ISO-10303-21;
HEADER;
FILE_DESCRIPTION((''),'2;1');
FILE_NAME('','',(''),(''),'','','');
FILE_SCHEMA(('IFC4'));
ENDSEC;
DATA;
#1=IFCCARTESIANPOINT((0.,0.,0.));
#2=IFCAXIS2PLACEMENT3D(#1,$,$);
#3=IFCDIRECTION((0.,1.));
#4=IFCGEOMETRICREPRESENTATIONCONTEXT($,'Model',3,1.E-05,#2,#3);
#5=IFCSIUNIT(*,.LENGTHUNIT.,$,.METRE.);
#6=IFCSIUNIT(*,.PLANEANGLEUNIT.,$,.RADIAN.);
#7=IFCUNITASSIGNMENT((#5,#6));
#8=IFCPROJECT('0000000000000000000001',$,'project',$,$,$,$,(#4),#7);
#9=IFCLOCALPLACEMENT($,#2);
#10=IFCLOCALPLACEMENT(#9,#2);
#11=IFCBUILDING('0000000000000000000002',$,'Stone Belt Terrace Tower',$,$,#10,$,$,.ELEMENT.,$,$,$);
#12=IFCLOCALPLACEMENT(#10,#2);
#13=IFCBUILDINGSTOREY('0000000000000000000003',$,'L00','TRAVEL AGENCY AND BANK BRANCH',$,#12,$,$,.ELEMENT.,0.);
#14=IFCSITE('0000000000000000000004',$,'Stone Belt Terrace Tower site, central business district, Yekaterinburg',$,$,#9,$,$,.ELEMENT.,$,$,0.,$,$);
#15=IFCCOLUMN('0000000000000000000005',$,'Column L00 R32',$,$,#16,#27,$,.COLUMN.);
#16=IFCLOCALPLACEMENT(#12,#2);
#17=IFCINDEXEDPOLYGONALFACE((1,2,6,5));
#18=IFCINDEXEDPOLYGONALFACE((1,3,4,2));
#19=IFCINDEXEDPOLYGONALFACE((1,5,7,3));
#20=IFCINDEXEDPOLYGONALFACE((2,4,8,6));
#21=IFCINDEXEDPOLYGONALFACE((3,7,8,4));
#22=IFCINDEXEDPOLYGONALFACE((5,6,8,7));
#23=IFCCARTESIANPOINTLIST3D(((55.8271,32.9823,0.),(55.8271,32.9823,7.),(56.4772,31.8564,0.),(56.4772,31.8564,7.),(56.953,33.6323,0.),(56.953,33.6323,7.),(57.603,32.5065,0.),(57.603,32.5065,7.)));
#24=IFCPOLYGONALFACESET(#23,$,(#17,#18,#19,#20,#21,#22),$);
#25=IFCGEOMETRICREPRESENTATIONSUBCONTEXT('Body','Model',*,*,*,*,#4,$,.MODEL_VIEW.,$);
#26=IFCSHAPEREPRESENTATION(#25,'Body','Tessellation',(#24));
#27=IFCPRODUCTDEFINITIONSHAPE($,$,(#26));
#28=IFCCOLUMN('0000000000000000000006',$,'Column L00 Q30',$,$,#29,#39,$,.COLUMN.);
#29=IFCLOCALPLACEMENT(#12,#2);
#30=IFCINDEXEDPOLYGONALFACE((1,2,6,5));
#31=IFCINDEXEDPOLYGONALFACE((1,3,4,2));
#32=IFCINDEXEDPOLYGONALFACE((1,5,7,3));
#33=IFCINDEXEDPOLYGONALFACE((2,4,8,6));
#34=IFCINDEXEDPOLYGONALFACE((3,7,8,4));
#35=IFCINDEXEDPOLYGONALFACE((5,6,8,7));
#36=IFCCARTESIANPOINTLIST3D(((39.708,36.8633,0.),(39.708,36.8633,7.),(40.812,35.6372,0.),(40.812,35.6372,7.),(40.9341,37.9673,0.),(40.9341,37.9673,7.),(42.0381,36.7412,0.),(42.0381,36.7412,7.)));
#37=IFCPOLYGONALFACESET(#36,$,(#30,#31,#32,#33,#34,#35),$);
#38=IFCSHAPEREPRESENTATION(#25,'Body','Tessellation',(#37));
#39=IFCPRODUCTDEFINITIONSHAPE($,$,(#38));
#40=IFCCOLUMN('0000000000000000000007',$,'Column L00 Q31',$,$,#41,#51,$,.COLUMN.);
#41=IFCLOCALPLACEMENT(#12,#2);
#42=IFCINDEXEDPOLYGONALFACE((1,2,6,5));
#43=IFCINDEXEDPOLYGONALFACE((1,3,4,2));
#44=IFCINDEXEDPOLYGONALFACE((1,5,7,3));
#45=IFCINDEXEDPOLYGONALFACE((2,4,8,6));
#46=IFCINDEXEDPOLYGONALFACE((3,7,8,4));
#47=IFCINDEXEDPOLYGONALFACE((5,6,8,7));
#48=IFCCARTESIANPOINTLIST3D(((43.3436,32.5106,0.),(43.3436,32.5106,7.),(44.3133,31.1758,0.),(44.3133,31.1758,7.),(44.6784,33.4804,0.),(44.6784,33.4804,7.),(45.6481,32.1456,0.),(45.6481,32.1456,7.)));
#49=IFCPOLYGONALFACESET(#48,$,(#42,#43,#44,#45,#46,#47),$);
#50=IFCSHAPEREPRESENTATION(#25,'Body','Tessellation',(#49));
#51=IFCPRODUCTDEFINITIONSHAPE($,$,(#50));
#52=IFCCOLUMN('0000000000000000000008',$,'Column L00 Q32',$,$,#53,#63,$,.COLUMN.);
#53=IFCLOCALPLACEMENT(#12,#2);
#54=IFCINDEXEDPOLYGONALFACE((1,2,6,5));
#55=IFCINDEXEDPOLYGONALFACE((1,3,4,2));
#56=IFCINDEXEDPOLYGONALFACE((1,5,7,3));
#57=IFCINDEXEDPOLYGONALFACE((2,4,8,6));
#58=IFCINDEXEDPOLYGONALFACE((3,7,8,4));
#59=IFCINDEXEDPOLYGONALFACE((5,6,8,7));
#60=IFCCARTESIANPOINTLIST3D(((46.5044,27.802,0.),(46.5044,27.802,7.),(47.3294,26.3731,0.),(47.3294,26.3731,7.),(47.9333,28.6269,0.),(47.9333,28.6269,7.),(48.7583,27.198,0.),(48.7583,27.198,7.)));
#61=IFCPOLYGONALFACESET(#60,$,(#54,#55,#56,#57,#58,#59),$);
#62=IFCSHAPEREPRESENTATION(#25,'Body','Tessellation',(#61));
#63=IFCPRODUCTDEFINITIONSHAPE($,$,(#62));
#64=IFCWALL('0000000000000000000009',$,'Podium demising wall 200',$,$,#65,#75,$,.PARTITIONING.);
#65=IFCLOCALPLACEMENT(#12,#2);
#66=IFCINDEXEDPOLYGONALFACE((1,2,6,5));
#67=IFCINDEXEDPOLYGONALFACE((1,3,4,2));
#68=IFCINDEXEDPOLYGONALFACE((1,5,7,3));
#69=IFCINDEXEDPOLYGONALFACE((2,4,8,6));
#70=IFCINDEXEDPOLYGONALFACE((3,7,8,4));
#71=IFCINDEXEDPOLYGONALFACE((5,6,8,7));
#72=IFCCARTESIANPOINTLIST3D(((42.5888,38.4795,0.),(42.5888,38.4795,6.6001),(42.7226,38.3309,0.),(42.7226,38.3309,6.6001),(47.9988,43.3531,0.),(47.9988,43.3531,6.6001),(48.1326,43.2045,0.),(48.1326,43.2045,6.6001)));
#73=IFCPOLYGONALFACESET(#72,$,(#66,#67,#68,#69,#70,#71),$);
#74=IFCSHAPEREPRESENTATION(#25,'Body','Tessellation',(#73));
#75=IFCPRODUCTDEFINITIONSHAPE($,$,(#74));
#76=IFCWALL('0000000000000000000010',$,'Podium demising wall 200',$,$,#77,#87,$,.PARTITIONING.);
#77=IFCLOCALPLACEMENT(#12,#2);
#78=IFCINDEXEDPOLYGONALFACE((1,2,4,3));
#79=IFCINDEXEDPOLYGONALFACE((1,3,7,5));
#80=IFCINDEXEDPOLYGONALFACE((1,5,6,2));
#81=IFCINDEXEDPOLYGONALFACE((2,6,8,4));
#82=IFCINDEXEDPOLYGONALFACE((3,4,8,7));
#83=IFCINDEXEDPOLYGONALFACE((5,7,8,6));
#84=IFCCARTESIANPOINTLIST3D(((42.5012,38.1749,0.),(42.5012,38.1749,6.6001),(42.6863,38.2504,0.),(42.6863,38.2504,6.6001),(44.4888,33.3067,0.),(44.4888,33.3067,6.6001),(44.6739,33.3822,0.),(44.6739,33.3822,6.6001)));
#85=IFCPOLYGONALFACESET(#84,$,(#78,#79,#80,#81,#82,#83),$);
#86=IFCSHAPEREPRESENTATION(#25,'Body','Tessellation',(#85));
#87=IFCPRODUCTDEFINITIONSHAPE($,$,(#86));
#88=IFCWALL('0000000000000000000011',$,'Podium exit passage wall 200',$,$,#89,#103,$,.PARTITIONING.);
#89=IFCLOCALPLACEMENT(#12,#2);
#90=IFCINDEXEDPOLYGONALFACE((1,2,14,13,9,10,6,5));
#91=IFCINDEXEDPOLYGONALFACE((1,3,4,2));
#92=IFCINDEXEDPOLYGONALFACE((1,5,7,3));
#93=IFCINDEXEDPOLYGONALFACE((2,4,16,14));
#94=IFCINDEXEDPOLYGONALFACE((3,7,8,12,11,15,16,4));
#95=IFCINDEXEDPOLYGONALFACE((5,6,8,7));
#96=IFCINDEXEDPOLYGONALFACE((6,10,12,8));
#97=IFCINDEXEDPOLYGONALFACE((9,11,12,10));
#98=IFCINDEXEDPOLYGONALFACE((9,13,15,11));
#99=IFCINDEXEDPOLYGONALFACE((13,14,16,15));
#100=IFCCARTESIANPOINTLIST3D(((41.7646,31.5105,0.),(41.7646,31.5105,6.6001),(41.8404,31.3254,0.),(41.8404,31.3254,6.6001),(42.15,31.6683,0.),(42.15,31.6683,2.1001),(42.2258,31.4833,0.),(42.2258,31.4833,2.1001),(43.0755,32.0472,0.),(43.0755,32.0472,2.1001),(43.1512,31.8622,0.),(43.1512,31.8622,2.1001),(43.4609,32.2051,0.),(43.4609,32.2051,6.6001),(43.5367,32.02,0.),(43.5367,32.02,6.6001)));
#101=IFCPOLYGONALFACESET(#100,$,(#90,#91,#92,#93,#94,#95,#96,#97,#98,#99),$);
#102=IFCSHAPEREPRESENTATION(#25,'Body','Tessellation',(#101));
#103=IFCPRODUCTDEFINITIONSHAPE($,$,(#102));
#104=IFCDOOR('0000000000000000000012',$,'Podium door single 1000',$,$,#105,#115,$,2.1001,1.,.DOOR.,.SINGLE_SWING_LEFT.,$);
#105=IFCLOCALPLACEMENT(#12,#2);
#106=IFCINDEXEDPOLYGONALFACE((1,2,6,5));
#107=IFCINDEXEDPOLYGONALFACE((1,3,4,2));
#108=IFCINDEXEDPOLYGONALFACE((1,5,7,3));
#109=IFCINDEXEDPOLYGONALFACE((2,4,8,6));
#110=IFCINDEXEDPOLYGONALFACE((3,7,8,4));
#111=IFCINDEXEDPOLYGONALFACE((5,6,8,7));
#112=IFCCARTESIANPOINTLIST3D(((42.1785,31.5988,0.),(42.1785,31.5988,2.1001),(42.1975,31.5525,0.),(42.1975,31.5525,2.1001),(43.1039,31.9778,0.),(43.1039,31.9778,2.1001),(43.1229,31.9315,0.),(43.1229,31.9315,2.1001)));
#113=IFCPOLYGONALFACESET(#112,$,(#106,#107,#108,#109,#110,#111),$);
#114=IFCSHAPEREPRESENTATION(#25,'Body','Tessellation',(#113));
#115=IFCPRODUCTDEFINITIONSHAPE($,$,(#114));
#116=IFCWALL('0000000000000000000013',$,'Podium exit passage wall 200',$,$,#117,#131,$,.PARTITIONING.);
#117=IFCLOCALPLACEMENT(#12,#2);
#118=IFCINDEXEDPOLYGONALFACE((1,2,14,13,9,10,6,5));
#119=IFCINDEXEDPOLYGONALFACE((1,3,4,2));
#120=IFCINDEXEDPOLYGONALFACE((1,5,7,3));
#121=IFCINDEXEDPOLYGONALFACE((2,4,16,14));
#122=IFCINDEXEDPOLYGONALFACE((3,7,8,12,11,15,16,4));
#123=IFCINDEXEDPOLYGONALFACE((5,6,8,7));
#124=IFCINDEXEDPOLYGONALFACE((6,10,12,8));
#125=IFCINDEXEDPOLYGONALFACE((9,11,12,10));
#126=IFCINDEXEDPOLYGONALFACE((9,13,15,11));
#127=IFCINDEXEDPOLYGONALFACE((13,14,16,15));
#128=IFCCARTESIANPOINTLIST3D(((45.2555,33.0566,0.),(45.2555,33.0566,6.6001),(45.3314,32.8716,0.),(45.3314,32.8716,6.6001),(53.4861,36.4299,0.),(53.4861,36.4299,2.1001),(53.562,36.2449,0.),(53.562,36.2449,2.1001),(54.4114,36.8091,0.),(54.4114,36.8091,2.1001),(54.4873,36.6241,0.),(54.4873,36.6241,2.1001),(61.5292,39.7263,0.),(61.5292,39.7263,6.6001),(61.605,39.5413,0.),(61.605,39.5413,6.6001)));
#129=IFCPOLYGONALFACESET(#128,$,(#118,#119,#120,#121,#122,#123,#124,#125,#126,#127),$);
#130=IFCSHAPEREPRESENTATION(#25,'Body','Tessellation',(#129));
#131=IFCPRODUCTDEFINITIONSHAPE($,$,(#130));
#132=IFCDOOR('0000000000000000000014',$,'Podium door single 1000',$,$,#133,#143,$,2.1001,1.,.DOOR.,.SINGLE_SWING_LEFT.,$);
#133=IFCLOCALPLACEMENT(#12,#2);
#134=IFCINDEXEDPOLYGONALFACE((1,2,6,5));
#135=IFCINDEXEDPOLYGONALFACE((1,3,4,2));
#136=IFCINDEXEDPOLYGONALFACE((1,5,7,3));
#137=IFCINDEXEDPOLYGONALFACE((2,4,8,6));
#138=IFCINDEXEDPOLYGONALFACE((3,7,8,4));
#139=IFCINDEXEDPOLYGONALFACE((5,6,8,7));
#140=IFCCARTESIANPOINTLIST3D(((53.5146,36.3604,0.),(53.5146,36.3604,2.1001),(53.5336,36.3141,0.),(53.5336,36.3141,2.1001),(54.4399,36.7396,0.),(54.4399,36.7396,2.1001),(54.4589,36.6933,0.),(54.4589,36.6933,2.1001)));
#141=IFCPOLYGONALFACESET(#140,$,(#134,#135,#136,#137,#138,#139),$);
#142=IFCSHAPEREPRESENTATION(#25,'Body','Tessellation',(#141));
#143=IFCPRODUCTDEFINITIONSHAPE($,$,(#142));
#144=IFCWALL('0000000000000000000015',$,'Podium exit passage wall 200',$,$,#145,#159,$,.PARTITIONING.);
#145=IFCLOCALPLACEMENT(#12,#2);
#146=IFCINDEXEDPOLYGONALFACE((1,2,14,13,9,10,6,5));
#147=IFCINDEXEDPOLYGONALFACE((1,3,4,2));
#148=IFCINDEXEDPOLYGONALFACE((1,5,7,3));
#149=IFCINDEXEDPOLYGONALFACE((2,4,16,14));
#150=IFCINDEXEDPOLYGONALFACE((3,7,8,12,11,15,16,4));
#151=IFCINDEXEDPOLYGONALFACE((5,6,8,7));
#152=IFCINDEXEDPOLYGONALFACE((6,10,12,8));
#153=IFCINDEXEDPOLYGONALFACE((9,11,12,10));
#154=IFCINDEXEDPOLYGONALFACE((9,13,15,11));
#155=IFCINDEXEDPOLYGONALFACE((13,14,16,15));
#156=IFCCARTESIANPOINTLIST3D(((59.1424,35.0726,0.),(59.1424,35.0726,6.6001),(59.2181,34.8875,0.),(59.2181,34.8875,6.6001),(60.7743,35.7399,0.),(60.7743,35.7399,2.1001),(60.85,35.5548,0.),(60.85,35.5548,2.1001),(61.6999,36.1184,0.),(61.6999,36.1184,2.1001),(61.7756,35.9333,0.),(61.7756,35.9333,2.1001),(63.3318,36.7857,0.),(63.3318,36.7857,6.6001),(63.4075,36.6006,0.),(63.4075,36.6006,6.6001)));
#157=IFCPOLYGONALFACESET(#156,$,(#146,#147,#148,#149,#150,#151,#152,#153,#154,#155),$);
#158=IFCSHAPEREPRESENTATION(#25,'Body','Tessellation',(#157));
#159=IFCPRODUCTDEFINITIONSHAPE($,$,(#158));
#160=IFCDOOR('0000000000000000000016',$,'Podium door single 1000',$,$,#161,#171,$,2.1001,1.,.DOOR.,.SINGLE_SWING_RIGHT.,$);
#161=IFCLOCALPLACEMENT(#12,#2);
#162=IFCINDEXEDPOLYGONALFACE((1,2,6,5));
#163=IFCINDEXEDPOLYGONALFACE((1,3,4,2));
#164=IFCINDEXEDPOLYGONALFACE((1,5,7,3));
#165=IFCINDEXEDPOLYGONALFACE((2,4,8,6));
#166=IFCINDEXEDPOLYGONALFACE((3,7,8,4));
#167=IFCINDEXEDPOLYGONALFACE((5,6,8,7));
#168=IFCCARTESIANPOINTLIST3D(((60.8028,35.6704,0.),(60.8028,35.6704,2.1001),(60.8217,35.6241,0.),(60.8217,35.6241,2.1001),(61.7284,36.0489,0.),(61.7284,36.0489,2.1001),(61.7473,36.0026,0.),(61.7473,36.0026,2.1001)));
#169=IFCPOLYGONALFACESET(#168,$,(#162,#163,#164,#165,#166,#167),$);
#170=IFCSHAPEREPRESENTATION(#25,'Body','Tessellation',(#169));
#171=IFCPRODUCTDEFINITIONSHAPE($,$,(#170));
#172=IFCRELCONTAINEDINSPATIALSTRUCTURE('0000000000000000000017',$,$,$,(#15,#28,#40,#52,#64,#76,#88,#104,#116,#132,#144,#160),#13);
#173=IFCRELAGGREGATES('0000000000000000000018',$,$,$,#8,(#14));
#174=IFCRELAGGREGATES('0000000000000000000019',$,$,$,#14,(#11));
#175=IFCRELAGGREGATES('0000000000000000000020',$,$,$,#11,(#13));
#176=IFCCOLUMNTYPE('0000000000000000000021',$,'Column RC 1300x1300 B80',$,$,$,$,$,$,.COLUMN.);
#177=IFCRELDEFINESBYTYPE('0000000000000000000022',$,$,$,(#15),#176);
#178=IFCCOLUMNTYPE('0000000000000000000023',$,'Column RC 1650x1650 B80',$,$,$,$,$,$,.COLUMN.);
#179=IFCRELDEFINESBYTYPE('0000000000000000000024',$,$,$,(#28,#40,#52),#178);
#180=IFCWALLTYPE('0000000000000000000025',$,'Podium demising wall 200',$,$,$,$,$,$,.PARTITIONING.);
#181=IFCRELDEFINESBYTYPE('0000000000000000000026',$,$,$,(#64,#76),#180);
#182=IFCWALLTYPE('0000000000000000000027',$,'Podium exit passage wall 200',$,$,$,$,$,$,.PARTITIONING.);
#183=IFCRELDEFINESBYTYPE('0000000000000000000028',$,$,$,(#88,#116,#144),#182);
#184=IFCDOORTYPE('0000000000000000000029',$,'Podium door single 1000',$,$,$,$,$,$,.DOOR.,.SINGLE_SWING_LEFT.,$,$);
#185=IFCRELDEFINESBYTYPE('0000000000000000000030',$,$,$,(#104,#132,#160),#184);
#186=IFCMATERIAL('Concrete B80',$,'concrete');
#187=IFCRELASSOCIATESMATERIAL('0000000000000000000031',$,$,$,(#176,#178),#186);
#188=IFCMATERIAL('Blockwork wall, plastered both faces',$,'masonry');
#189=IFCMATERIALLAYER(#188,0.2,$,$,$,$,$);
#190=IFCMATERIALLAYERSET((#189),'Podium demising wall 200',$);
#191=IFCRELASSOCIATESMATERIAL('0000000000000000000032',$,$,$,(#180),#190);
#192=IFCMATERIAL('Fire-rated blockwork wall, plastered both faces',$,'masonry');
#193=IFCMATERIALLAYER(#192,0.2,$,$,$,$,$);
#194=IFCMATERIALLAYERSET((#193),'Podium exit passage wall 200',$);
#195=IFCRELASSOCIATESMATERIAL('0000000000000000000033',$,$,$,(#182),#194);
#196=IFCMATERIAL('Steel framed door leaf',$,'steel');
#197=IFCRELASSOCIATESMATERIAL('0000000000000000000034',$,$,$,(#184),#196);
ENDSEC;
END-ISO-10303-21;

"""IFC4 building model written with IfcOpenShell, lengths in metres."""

from ifc_helpers import new_model, si_unit, direction, frame, frame_2d, origin, origin_2d, place, context, subcontext, project, spatial, rectangle, extrude, material, layer, layer_set, material_profile, profile_set, type_object, element, fill, save


model = new_model("IFC4")

# Units and contexts
model_context = context("Model", 3, precision=1e-05, world=origin(), true_north=direction((0.0, 1.0)))
body_context = subcontext(model_context, "Body", "Model", "MODEL_VIEW")
ifc_project = project(units=[si_unit("LENGTHUNIT", "METRE"), si_unit("PLANEANGLEUNIT", "RADIAN")], contexts=[model_context])

# Site, building, storey
site_placement = place(None, origin())
site = spatial("IfcSite", under=ifc_project, at=site_placement, Name="Stone Belt Terrace Tower site, central business district, Yekaterinburg", CompositionType="ELEMENT", RefElevation=0.0)
building_placement = place(site_placement, origin())
building = spatial("IfcBuilding", under=site, at=building_placement, Name="Stone Belt Terrace Tower", CompositionType="ELEMENT")
storey_placement = place(building_placement, origin())
storey = spatial("IfcBuildingStorey", under=building, at=storey_placement, Name="L00", Description="TRAVEL AGENCY AND BANK BRANCH", CompositionType="ELEMENT", Elevation=0.0)

# Columns
ifc_material_1 = material(Name="Concrete B80", Category="concrete")
ifc_material_profile_1 = material_profile(ifc_material_1, rectangle(XDim=1.3, YDim=1.3, at=origin_2d()), Name="RC 1300x1300")
ifc_profile_set_1 = profile_set([ifc_material_profile_1], Name="Concrete B80")
column_type_1 = type_object("IfcColumnType", Name="Column RC 1300x1300 B80", PredefinedType="COLUMN", material=ifc_profile_set_1)
column_placement = place(storey_placement, frame((56.7151, 32.7444, 0.0), z_axis=(0.0, 0.0, 1.0), x_axis=(0.5, -0.866025, 0.0)))
element("IfcColumn", 1, at=column_placement, inside=storey, type_object=column_type_1, Name="Column L00 R32", PredefinedType="COLUMN", context=body_context, shape_type="SweptSolid", body=[
    extrude(rectangle(XDim=1.3, YDim=1.3, at=origin_2d()), origin(), (0.0, 0.0, 1.0), 7.0),
])
ifc_material_profile_2 = material_profile(ifc_material_1, rectangle(XDim=1.6499, YDim=1.6499, at=origin_2d()), Name="RC 1650x1650")
ifc_profile_set_2 = profile_set([ifc_material_profile_2], Name="Concrete B80")
column_type_2 = type_object("IfcColumnType", Name="Column RC 1650x1650 B80", PredefinedType="COLUMN", material=ifc_profile_set_2)
for number, where, z_axis, x_axis, name in (
    (2, (40.873, 36.8022, 0.0), (0.0, 0.0, 1.0), (0.669131, -0.743145, 0.0), "Column L00 Q30"),
    (3, (44.4958, 32.3281, 0.0), (0.0, 0.0, 1.0), (0.587785, -0.809017, 0.0), "Column L00 Q31"),
    (4, (47.6313, 27.5, 0.0), (0.0, 0.0, 1.0), (0.5, -0.866025, 0.0), "Column L00 Q32"),
):
    element("IfcColumn", number, at=place(storey_placement, frame(where, z_axis=z_axis, x_axis=x_axis)), inside=storey, type_object=column_type_2, Name=name, PredefinedType="COLUMN", context=body_context, shape_type="SweptSolid", body=[
        extrude(rectangle(XDim=1.6499, YDim=1.6499, at=origin_2d()), origin(), (0.0, 0.0, 1.0), 7.0),
    ])

# Walls
ifc_material_2 = material(Name="Blockwork wall, plastered both faces", Category="masonry")
ifc_layer_1 = layer(ifc_material_2, 0.2)
ifc_layer_set_1 = layer_set([ifc_layer_1], Name="Podium demising wall 200")
wall_type_1 = type_object("IfcWallType", Name="Podium demising wall 200", PredefinedType="PARTITIONING", material=ifc_layer_set_1)
wall_1_placement = place(storey_placement, frame((42.6558, 38.4053, 0.0), z_axis=(0.0, 0.0, 1.0), x_axis=(0.742979, 0.669315, 0.0)))
element("IfcWall", 5, at=wall_1_placement, inside=storey, type_object=wall_type_1, Name="Podium demising wall 200", PredefinedType="PARTITIONING", context=body_context, shape_type="SweptSolid", body=[
    extrude(rectangle(XDim=7.2815, YDim=0.2, at=frame_2d((3.6406, 0.0))), origin(), (0.0, 0.0, 1.0), 6.6001),
])
wall_2_placement = place(storey_placement, frame((42.5938, 38.2126, 0.0), z_axis=(0.0, 0.0, 1.0), x_axis=(0.377986, -0.925812, 0.0)))
element("IfcWall", 6, at=wall_2_placement, inside=storey, type_object=wall_type_1, Name="Podium demising wall 200", PredefinedType="PARTITIONING", context=body_context, shape_type="SweptSolid", body=[
    extrude(rectangle(XDim=5.2583, YDim=0.2, at=frame_2d((2.6292, 0.0))), origin(), (0.0, 0.0, 1.0), 6.6001),
])

# Walls, openings, doors
ifc_material_3 = material(Name="Fire-rated blockwork wall, plastered both faces", Category="masonry")
ifc_layer_2 = layer(ifc_material_3, 0.2)
ifc_layer_set_2 = layer_set([ifc_layer_2], Name="Podium exit passage wall 200")
wall_type_2 = type_object("IfcWallType", Name="Podium exit passage wall 200", PredefinedType="PARTITIONING", material=ifc_layer_set_2)
wall_3_placement = place(storey_placement, frame((41.8025, 31.418, 0.0), z_axis=(0.0, 0.0, 1.0), x_axis=(0.925424, 0.378934, 0.0)))
wall_3 = element("IfcWall", 7, at=wall_3_placement, inside=storey, type_object=wall_type_2, Name="Podium exit passage wall 200", PredefinedType="PARTITIONING", context=body_context, shape_type="SweptSolid", body=[
    extrude(rectangle(XDim=1.833, YDim=0.2, at=frame_2d((0.9165, 0.0))), origin(), (0.0, 0.0, 1.0), 6.6001),
])
opening_1_placement = place(wall_3_placement, frame((0.4165, 0.0, 0.0)))
opening_1 = element("IfcOpeningElement", 8, at=opening_1_placement, cuts=wall_3, PredefinedType="OPENING", context=body_context, shape_type="SweptSolid", body=[
    extrude(rectangle(XDim=1.0, YDim=2.1001, at=frame_2d((0.5, 1.05))), frame((0.0, 0.1099, 0.0), z_axis=(0.0, -1.0, 0.0), x_axis=(1.0, 0.0, 0.0)), (0.0, 0.0, 1.0), 0.22),
])
ifc_material_4 = material(Name="Steel framed door leaf", Category="steel")
door_type_1 = type_object("IfcDoorType", Name="Podium door single 1000", OperationType="SINGLE_SWING_LEFT", PredefinedType="DOOR", material=ifc_material_4)
door_1_placement = place(opening_1_placement, origin())
door_1 = element("IfcDoor", 9, at=door_1_placement, inside=storey, type_object=door_type_1, Name="Podium door single 1000", OperationType="SINGLE_SWING_LEFT", OverallHeight=2.1001, OverallWidth=1.0, PredefinedType="DOOR", context=body_context, shape_type="SweptSolid", body=[
    extrude(rectangle(XDim=1.0, YDim=2.1001, at=frame_2d((0.5, 1.05))), frame((0.0, 0.0249, 0.0), z_axis=(0.0, -1.0, 0.0), x_axis=(1.0, 0.0, 0.0)), (0.0, 0.0, 1.0), 0.05),
])
fill(opening_1, door_1)
wall_4_placement = place(storey_placement, frame((45.2935, 32.9641, 0.0), z_axis=(0.0, 0.0, 1.0), x_axis=(0.925302, 0.37923, 0.0)))
wall_4 = element("IfcWall", 10, at=wall_4_placement, inside=storey, type_object=wall_type_2, Name="Podium exit passage wall 200", PredefinedType="PARTITIONING", context=body_context, shape_type="SweptSolid", body=[
    extrude(rectangle(XDim=17.5874, YDim=0.2, at=frame_2d((8.7937, 0.0))), origin(), (0.0, 0.0, 1.0), 6.6001),
])
opening_2_placement = place(wall_4_placement, frame((8.895, 0.0, 0.0)))
opening_2 = element("IfcOpeningElement", 11, at=opening_2_placement, cuts=wall_4, PredefinedType="OPENING", context=body_context, shape_type="SweptSolid", body=[
    extrude(rectangle(XDim=1.0, YDim=2.1001, at=frame_2d((0.5, 1.05))), frame((0.0, 0.1099, 0.0), z_axis=(0.0, -1.0, 0.0), x_axis=(1.0, 0.0, 0.0)), (0.0, 0.0, 1.0), 0.22),
])
door_2_placement = place(opening_2_placement, origin())
door_2 = element("IfcDoor", 12, at=door_2_placement, inside=storey, type_object=door_type_1, Name="Podium door single 1000", OperationType="SINGLE_SWING_LEFT", OverallHeight=2.1001, OverallWidth=1.0, PredefinedType="DOOR", context=body_context, shape_type="SweptSolid", body=[
    extrude(rectangle(XDim=1.0, YDim=2.1001, at=frame_2d((0.5, 1.05))), frame((0.0, 0.0249, 0.0), z_axis=(0.0, -1.0, 0.0), x_axis=(1.0, 0.0, 0.0)), (0.0, 0.0, 1.0), 0.05),
])
fill(opening_2, door_2)
wall_5_placement = place(storey_placement, frame((59.1802, 34.98, 0.0), z_axis=(0.0, 0.0, 1.0), x_axis=(0.925604, 0.378494, 0.0)))
wall_5 = element("IfcWall", 13, at=wall_5_placement, inside=storey, type_object=wall_type_2, Name="Podium exit passage wall 200", PredefinedType="PARTITIONING", context=body_context, shape_type="SweptSolid", body=[
    extrude(rectangle(XDim=4.5261, YDim=0.2, at=frame_2d((2.2632, 0.0))), origin(), (0.0, 0.0, 1.0), 6.6001),
])
opening_3_placement = place(wall_5_placement, frame((1.7632, 0.0, 0.0)))
opening_3 = element("IfcOpeningElement", 14, at=opening_3_placement, cuts=wall_5, PredefinedType="OPENING", context=body_context, shape_type="SweptSolid", body=[
    extrude(rectangle(XDim=1.0, YDim=2.1001, at=frame_2d((0.5, 1.05))), frame((0.0, 0.1099, 0.0), z_axis=(0.0, -1.0, 0.0), x_axis=(1.0, 0.0, 0.0)), (0.0, 0.0, 1.0), 0.22),
])
door_3_placement = place(opening_3_placement, origin())
door_3 = element("IfcDoor", 15, at=door_3_placement, inside=storey, type_object=door_type_1, Name="Podium door single 1000", OperationType="SINGLE_SWING_RIGHT", OverallHeight=2.1001, OverallWidth=1.0, PredefinedType="DOOR", context=body_context, shape_type="SweptSolid", body=[
    extrude(rectangle(XDim=1.0, YDim=2.1001, at=frame_2d((0.5, 1.05))), frame((0.0, 0.0249, 0.0), z_axis=(0.0, -1.0, 0.0), x_axis=(1.0, 0.0, 0.0)), (0.0, 0.0, 1.0), 0.05),
])
fill(opening_3, door_3)

save(model, "model.ifc")
